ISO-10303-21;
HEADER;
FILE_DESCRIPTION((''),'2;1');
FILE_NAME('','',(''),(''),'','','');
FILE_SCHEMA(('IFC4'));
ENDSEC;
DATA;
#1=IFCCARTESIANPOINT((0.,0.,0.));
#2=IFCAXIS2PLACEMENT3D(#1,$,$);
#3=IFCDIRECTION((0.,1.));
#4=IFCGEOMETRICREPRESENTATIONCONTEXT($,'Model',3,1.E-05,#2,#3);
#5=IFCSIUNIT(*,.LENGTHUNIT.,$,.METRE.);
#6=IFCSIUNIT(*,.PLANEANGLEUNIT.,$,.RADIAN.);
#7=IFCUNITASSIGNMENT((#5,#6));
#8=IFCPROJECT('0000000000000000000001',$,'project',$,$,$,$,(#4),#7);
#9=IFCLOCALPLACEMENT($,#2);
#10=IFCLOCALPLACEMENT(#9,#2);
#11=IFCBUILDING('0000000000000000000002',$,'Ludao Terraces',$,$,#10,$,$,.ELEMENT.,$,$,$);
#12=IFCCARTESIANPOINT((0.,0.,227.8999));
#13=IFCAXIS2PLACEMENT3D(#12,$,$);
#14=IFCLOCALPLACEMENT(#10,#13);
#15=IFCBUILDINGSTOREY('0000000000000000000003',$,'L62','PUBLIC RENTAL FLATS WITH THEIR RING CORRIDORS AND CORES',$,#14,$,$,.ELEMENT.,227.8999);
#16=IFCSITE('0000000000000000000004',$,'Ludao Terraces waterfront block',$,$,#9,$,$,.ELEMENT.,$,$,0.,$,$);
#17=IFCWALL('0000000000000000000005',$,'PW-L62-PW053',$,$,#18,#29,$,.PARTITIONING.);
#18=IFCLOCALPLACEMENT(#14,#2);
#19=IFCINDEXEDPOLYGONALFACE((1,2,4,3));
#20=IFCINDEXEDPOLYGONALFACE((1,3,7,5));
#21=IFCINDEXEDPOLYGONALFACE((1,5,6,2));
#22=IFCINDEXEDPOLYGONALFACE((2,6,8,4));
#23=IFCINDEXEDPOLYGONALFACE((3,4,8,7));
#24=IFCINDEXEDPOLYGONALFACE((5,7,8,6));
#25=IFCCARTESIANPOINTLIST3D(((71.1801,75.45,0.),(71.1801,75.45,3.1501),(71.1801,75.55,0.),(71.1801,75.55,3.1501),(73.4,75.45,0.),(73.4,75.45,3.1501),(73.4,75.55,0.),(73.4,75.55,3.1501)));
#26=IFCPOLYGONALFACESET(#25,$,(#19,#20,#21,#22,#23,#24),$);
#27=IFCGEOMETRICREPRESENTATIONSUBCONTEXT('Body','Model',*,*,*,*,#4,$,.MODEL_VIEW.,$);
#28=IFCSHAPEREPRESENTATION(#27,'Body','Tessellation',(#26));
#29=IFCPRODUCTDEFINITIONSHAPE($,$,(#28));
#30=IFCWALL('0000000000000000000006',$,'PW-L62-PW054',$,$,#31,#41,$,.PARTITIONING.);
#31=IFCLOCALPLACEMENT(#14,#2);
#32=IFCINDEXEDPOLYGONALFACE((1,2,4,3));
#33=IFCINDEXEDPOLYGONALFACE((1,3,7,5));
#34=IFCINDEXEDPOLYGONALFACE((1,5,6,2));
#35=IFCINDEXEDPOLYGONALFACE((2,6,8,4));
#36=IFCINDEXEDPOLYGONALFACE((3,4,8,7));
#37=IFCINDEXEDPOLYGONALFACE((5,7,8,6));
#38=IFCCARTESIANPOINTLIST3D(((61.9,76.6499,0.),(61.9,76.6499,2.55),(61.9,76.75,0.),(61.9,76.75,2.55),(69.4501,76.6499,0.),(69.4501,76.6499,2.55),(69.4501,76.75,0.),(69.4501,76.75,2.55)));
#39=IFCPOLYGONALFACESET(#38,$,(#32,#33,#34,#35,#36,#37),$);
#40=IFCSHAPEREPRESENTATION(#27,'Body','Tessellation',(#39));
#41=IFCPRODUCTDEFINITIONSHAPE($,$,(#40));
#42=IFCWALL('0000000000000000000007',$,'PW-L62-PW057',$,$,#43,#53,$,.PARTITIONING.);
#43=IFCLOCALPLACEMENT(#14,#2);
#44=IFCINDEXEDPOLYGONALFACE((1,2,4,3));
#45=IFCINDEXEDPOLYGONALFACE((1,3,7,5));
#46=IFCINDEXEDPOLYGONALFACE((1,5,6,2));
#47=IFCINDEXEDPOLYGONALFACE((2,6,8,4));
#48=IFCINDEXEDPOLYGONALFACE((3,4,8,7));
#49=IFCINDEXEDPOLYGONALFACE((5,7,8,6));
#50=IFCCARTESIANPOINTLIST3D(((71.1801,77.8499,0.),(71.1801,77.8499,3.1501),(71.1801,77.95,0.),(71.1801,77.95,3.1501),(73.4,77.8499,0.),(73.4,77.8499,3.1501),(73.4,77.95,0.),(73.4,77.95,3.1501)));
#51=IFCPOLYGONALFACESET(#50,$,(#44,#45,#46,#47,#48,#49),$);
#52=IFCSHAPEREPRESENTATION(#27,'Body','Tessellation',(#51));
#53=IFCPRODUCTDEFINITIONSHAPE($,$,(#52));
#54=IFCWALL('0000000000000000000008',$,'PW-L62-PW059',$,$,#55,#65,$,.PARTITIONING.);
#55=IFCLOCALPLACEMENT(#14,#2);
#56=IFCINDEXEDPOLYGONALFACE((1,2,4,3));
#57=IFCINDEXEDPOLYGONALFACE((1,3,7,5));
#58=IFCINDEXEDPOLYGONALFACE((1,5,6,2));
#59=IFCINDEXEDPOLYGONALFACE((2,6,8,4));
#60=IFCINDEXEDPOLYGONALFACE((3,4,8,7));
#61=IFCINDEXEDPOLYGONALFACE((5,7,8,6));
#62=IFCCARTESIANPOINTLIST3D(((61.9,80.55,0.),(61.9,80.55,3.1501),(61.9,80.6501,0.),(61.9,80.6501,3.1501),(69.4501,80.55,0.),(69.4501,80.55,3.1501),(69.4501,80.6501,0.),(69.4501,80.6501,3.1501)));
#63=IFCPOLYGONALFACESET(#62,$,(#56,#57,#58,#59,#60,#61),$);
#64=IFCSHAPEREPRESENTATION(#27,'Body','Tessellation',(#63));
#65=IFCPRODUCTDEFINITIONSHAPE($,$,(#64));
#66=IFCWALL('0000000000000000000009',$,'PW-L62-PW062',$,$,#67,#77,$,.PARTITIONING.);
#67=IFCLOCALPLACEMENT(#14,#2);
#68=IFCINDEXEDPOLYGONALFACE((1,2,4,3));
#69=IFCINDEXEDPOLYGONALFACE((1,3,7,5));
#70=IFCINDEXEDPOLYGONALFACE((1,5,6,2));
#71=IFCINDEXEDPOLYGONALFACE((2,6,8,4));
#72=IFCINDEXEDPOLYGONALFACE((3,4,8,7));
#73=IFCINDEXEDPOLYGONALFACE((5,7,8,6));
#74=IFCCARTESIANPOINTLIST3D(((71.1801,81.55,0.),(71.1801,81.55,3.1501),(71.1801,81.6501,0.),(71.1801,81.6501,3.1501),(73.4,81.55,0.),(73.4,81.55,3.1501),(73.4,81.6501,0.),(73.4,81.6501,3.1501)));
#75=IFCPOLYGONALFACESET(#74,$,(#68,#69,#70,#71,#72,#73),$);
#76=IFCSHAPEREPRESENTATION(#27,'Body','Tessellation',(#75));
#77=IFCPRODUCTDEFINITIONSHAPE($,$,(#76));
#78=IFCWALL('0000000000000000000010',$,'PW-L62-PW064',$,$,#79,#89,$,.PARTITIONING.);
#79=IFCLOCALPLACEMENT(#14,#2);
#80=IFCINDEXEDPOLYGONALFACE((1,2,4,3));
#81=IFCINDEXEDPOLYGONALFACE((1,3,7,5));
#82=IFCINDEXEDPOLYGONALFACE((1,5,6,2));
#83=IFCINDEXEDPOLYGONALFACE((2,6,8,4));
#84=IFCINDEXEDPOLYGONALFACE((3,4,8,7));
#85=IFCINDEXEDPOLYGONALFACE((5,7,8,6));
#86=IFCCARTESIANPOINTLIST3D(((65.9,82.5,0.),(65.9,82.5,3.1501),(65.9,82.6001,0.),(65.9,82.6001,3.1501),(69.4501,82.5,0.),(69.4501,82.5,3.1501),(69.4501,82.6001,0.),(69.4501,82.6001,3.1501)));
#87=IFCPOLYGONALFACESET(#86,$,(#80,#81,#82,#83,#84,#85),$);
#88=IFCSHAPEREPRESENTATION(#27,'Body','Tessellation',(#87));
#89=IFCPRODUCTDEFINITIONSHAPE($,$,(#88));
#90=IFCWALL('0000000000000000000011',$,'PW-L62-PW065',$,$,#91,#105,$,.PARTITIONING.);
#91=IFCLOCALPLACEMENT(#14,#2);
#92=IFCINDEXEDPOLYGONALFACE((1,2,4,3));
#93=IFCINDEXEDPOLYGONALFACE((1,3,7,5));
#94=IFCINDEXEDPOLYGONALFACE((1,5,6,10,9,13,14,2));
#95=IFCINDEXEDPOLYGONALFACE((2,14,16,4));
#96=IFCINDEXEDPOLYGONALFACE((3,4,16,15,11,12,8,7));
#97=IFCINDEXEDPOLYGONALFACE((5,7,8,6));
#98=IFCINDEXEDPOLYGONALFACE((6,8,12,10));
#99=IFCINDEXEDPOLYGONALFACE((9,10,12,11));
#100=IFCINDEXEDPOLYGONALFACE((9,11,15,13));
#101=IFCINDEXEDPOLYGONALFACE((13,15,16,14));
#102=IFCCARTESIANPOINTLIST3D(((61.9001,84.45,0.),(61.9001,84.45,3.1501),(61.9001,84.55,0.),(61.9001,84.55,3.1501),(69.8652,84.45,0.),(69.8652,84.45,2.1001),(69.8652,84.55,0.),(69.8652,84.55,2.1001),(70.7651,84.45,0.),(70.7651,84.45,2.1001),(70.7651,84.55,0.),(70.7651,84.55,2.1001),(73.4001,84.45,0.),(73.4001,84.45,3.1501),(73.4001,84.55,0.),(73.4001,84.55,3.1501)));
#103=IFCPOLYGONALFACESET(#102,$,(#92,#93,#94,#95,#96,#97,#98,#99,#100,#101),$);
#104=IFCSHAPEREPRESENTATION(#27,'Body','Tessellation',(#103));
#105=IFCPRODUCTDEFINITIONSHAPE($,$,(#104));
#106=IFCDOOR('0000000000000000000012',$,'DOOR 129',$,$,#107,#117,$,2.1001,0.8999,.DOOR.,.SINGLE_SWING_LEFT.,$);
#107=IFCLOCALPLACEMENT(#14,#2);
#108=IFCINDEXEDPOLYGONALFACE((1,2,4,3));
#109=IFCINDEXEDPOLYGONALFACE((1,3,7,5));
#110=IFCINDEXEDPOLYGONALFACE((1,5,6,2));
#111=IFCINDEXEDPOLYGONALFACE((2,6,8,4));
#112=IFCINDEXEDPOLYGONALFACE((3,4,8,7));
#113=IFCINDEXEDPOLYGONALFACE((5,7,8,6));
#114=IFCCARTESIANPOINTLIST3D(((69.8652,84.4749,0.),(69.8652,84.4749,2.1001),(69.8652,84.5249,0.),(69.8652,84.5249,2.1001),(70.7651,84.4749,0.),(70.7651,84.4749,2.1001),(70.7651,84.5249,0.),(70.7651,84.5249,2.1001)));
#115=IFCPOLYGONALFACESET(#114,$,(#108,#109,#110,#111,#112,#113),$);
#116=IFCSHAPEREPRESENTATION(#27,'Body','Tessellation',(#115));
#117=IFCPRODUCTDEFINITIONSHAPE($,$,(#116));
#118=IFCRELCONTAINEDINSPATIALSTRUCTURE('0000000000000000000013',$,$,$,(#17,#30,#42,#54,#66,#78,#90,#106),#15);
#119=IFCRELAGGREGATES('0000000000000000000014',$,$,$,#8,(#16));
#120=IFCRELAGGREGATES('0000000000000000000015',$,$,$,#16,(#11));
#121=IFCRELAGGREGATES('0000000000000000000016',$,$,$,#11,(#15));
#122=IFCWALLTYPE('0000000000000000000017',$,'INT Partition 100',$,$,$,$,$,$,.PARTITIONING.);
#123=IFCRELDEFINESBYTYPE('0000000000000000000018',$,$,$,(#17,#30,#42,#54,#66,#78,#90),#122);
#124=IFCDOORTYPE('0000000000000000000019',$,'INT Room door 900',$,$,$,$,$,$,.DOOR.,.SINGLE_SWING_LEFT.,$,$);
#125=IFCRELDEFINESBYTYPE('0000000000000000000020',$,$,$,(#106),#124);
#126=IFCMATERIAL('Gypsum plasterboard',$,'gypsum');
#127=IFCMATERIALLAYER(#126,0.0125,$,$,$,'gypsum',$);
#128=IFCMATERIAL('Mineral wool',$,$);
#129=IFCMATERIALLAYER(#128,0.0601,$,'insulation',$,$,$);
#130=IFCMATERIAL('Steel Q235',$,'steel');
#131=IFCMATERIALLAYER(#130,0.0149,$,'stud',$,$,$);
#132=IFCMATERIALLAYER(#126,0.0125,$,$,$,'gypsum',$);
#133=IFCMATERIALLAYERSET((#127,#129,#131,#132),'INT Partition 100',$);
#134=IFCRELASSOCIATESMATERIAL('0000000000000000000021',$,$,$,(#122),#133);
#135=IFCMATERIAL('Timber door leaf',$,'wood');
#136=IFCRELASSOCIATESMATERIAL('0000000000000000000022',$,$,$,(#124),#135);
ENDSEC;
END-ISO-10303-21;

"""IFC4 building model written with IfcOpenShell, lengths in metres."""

from ifc_helpers import new_model, si_unit, direction, frame, frame_2d, origin, place, context, subcontext, project, spatial, rectangle, extrude, material, layer, layer_set, type_object, element, fill, save


model = new_model("IFC4")

# Units and contexts
model_context = context("Model", 3, precision=1e-05, world=origin(), true_north=direction((0.0, 1.0)))
body_context = subcontext(model_context, "Body", "Model", "MODEL_VIEW")
ifc_project = project(units=[si_unit("LENGTHUNIT", "METRE"), si_unit("PLANEANGLEUNIT", "RADIAN")], contexts=[model_context])

# Site, building, storey
site_placement = place(None, origin())
site = spatial("IfcSite", under=ifc_project, at=site_placement, Name="Ludao Terraces waterfront block", CompositionType="ELEMENT", RefElevation=0.0)
building_placement = place(site_placement, origin())
building = spatial("IfcBuilding", under=site, at=building_placement, Name="Ludao Terraces", CompositionType="ELEMENT")
storey_placement = place(building_placement, frame((0.0, 0.0, 227.8999)))
storey = spatial("IfcBuildingStorey", under=building, at=storey_placement, Name="L62", Description="PUBLIC RENTAL FLATS WITH THEIR RING CORRIDORS AND CORES", CompositionType="ELEMENT", Elevation=227.8999)

# Shared definitions
ifc_material_1 = material(Name="Mineral wool")

# Walls
ifc_material_2 = material(Name="Gypsum plasterboard", Category="gypsum")
ifc_layer_1 = layer(ifc_material_2, 0.0125, Category="gypsum")
ifc_layer_2 = layer(ifc_material_1, 0.0601, Name="insulation")
ifc_material_3 = material(Name="Steel Q235", Category="steel")
ifc_layer_3 = layer(ifc_material_3, 0.0149, Name="stud")
ifc_layer_4 = layer(ifc_material_2, 0.0125, Category="gypsum")
ifc_layer_set_1 = layer_set([ifc_layer_1, ifc_layer_2, ifc_layer_3, ifc_layer_4], Name="INT Partition 100")
wall_type_1 = type_object("IfcWallType", Name="INT Partition 100", PredefinedType="PARTITIONING", material=ifc_layer_set_1)
wall_1_placement = place(storey_placement, frame((71.1802, 75.5, 0.0), z_axis=(0.0, 0.0, 1.0), x_axis=(1.0, 0.0, 0.0)))
element("IfcWall", 1, at=wall_1_placement, inside=storey, type_object=wall_type_1, Name="PW-L62-PW053", PredefinedType="PARTITIONING", context=body_context, shape_type="SweptSolid", body=[
    extrude(rectangle(XDim=2.22, YDim=0.1001, at=frame_2d((1.1099, 0.0))), origin(), (0.0, 0.0, 1.0), 3.1501),
])
wall_2_placement = place(storey_placement, frame((61.9001, 76.7, 0.0), z_axis=(0.0, 0.0, 1.0), x_axis=(1.0, 0.0, 0.0)))
element("IfcWall", 2, at=wall_2_placement, inside=storey, type_object=wall_type_1, Name="PW-L62-PW054", PredefinedType="PARTITIONING", context=body_context, shape_type="SweptSolid", body=[
    extrude(rectangle(XDim=7.55, YDim=0.1001, at=frame_2d((3.7749, 0.0))), origin(), (0.0, 0.0, 1.0), 2.55),
])
wall_3_placement = place(storey_placement, frame((71.1802, 77.8999, 0.0), z_axis=(0.0, 0.0, 1.0), x_axis=(1.0, 0.0, 0.0)))
element("IfcWall", 3, at=wall_3_placement, inside=storey, type_object=wall_type_1, Name="PW-L62-PW057", PredefinedType="PARTITIONING", context=body_context, shape_type="SweptSolid", body=[
    extrude(rectangle(XDim=2.22, YDim=0.1001, at=frame_2d((1.1099, 0.0))), origin(), (0.0, 0.0, 1.0), 3.1501),
])
wall_4_placement = place(storey_placement, frame((61.9001, 80.6001, 0.0), z_axis=(0.0, 0.0, 1.0), x_axis=(1.0, 0.0, 0.0)))
element("IfcWall", 4, at=wall_4_placement, inside=storey, type_object=wall_type_1, Name="PW-L62-PW059", PredefinedType="PARTITIONING", context=body_context, shape_type="SweptSolid", body=[
    extrude(rectangle(XDim=7.55, YDim=0.1001, at=frame_2d((3.7749, 0.0))), origin(), (0.0, 0.0, 1.0), 3.1501),
])
wall_5_placement = place(storey_placement, frame((71.1802, 81.6001, 0.0), z_axis=(0.0, 0.0, 1.0), x_axis=(1.0, 0.0, 0.0)))
element("IfcWall", 5, at=wall_5_placement, inside=storey, type_object=wall_type_1, Name="PW-L62-PW062", PredefinedType="PARTITIONING", context=body_context, shape_type="SweptSolid", body=[
    extrude(rectangle(XDim=2.22, YDim=0.1001, at=frame_2d((1.1099, 0.0))), origin(), (0.0, 0.0, 1.0), 3.1501),
])
wall_6_placement = place(storey_placement, frame((65.9001, 82.55, 0.0), z_axis=(0.0, 0.0, 1.0), x_axis=(1.0, 0.0, 0.0)))
element("IfcWall", 6, at=wall_6_placement, inside=storey, type_object=wall_type_1, Name="PW-L62-PW064", PredefinedType="PARTITIONING", context=body_context, shape_type="SweptSolid", body=[
    extrude(rectangle(XDim=3.55, YDim=0.1001, at=frame_2d((1.7749, 0.0))), origin(), (0.0, 0.0, 1.0), 3.1501),
])

# Wall, opening, door
wall_7_placement = place(storey_placement, frame((61.9001, 84.5, 0.0), z_axis=(0.0, 0.0, 1.0), x_axis=(1.0, 0.0, 0.0)))
wall_7 = element("IfcWall", 7, at=wall_7_placement, inside=storey, type_object=wall_type_1, Name="PW-L62-PW065", PredefinedType="PARTITIONING", context=body_context, shape_type="SweptSolid", body=[
    extrude(rectangle(XDim=11.5, YDim=0.1001, at=frame_2d((5.75, 0.0))), origin(), (0.0, 0.0, 1.0), 3.1501),
])
opening_1_placement = place(wall_7_placement, frame((7.9651, 0.0, 0.0)))
opening_1 = element("IfcOpeningElement", 8, at=opening_1_placement, cuts=wall_7, PredefinedType="OPENING", context=body_context, shape_type="SweptSolid", body=[
    extrude(rectangle(XDim=0.8999, YDim=2.1001, at=frame_2d((0.45, 1.05))), frame((0.0, 0.0601, 0.0), z_axis=(0.0, -1.0, 0.0), x_axis=(1.0, 0.0, 0.0)), (0.0, 0.0, 1.0), 0.1201),
])
ifc_material_4 = material(Name="Timber door leaf", Category="wood")
door_type = type_object("IfcDoorType", Name="INT Room door 900", OperationType="SINGLE_SWING_LEFT", PredefinedType="DOOR", material=ifc_material_4)
door_placement = place(opening_1_placement, origin())
door = element("IfcDoor", 9, at=door_placement, inside=storey, type_object=door_type, Name="DOOR 129", OperationType="SINGLE_SWING_LEFT", OverallHeight=2.1001, OverallWidth=0.8999, PredefinedType="DOOR", context=body_context, shape_type="SweptSolid", body=[
    extrude(rectangle(XDim=0.8999, YDim=2.1001, at=frame_2d((0.45, 1.05))), frame((0.0, 0.0249, 0.0), z_axis=(0.0, -1.0, 0.0), x_axis=(1.0, 0.0, 0.0)), (0.0, 0.0, 1.0), 0.05),
])
fill(opening_1, door)

save(model, "model.ifc")
